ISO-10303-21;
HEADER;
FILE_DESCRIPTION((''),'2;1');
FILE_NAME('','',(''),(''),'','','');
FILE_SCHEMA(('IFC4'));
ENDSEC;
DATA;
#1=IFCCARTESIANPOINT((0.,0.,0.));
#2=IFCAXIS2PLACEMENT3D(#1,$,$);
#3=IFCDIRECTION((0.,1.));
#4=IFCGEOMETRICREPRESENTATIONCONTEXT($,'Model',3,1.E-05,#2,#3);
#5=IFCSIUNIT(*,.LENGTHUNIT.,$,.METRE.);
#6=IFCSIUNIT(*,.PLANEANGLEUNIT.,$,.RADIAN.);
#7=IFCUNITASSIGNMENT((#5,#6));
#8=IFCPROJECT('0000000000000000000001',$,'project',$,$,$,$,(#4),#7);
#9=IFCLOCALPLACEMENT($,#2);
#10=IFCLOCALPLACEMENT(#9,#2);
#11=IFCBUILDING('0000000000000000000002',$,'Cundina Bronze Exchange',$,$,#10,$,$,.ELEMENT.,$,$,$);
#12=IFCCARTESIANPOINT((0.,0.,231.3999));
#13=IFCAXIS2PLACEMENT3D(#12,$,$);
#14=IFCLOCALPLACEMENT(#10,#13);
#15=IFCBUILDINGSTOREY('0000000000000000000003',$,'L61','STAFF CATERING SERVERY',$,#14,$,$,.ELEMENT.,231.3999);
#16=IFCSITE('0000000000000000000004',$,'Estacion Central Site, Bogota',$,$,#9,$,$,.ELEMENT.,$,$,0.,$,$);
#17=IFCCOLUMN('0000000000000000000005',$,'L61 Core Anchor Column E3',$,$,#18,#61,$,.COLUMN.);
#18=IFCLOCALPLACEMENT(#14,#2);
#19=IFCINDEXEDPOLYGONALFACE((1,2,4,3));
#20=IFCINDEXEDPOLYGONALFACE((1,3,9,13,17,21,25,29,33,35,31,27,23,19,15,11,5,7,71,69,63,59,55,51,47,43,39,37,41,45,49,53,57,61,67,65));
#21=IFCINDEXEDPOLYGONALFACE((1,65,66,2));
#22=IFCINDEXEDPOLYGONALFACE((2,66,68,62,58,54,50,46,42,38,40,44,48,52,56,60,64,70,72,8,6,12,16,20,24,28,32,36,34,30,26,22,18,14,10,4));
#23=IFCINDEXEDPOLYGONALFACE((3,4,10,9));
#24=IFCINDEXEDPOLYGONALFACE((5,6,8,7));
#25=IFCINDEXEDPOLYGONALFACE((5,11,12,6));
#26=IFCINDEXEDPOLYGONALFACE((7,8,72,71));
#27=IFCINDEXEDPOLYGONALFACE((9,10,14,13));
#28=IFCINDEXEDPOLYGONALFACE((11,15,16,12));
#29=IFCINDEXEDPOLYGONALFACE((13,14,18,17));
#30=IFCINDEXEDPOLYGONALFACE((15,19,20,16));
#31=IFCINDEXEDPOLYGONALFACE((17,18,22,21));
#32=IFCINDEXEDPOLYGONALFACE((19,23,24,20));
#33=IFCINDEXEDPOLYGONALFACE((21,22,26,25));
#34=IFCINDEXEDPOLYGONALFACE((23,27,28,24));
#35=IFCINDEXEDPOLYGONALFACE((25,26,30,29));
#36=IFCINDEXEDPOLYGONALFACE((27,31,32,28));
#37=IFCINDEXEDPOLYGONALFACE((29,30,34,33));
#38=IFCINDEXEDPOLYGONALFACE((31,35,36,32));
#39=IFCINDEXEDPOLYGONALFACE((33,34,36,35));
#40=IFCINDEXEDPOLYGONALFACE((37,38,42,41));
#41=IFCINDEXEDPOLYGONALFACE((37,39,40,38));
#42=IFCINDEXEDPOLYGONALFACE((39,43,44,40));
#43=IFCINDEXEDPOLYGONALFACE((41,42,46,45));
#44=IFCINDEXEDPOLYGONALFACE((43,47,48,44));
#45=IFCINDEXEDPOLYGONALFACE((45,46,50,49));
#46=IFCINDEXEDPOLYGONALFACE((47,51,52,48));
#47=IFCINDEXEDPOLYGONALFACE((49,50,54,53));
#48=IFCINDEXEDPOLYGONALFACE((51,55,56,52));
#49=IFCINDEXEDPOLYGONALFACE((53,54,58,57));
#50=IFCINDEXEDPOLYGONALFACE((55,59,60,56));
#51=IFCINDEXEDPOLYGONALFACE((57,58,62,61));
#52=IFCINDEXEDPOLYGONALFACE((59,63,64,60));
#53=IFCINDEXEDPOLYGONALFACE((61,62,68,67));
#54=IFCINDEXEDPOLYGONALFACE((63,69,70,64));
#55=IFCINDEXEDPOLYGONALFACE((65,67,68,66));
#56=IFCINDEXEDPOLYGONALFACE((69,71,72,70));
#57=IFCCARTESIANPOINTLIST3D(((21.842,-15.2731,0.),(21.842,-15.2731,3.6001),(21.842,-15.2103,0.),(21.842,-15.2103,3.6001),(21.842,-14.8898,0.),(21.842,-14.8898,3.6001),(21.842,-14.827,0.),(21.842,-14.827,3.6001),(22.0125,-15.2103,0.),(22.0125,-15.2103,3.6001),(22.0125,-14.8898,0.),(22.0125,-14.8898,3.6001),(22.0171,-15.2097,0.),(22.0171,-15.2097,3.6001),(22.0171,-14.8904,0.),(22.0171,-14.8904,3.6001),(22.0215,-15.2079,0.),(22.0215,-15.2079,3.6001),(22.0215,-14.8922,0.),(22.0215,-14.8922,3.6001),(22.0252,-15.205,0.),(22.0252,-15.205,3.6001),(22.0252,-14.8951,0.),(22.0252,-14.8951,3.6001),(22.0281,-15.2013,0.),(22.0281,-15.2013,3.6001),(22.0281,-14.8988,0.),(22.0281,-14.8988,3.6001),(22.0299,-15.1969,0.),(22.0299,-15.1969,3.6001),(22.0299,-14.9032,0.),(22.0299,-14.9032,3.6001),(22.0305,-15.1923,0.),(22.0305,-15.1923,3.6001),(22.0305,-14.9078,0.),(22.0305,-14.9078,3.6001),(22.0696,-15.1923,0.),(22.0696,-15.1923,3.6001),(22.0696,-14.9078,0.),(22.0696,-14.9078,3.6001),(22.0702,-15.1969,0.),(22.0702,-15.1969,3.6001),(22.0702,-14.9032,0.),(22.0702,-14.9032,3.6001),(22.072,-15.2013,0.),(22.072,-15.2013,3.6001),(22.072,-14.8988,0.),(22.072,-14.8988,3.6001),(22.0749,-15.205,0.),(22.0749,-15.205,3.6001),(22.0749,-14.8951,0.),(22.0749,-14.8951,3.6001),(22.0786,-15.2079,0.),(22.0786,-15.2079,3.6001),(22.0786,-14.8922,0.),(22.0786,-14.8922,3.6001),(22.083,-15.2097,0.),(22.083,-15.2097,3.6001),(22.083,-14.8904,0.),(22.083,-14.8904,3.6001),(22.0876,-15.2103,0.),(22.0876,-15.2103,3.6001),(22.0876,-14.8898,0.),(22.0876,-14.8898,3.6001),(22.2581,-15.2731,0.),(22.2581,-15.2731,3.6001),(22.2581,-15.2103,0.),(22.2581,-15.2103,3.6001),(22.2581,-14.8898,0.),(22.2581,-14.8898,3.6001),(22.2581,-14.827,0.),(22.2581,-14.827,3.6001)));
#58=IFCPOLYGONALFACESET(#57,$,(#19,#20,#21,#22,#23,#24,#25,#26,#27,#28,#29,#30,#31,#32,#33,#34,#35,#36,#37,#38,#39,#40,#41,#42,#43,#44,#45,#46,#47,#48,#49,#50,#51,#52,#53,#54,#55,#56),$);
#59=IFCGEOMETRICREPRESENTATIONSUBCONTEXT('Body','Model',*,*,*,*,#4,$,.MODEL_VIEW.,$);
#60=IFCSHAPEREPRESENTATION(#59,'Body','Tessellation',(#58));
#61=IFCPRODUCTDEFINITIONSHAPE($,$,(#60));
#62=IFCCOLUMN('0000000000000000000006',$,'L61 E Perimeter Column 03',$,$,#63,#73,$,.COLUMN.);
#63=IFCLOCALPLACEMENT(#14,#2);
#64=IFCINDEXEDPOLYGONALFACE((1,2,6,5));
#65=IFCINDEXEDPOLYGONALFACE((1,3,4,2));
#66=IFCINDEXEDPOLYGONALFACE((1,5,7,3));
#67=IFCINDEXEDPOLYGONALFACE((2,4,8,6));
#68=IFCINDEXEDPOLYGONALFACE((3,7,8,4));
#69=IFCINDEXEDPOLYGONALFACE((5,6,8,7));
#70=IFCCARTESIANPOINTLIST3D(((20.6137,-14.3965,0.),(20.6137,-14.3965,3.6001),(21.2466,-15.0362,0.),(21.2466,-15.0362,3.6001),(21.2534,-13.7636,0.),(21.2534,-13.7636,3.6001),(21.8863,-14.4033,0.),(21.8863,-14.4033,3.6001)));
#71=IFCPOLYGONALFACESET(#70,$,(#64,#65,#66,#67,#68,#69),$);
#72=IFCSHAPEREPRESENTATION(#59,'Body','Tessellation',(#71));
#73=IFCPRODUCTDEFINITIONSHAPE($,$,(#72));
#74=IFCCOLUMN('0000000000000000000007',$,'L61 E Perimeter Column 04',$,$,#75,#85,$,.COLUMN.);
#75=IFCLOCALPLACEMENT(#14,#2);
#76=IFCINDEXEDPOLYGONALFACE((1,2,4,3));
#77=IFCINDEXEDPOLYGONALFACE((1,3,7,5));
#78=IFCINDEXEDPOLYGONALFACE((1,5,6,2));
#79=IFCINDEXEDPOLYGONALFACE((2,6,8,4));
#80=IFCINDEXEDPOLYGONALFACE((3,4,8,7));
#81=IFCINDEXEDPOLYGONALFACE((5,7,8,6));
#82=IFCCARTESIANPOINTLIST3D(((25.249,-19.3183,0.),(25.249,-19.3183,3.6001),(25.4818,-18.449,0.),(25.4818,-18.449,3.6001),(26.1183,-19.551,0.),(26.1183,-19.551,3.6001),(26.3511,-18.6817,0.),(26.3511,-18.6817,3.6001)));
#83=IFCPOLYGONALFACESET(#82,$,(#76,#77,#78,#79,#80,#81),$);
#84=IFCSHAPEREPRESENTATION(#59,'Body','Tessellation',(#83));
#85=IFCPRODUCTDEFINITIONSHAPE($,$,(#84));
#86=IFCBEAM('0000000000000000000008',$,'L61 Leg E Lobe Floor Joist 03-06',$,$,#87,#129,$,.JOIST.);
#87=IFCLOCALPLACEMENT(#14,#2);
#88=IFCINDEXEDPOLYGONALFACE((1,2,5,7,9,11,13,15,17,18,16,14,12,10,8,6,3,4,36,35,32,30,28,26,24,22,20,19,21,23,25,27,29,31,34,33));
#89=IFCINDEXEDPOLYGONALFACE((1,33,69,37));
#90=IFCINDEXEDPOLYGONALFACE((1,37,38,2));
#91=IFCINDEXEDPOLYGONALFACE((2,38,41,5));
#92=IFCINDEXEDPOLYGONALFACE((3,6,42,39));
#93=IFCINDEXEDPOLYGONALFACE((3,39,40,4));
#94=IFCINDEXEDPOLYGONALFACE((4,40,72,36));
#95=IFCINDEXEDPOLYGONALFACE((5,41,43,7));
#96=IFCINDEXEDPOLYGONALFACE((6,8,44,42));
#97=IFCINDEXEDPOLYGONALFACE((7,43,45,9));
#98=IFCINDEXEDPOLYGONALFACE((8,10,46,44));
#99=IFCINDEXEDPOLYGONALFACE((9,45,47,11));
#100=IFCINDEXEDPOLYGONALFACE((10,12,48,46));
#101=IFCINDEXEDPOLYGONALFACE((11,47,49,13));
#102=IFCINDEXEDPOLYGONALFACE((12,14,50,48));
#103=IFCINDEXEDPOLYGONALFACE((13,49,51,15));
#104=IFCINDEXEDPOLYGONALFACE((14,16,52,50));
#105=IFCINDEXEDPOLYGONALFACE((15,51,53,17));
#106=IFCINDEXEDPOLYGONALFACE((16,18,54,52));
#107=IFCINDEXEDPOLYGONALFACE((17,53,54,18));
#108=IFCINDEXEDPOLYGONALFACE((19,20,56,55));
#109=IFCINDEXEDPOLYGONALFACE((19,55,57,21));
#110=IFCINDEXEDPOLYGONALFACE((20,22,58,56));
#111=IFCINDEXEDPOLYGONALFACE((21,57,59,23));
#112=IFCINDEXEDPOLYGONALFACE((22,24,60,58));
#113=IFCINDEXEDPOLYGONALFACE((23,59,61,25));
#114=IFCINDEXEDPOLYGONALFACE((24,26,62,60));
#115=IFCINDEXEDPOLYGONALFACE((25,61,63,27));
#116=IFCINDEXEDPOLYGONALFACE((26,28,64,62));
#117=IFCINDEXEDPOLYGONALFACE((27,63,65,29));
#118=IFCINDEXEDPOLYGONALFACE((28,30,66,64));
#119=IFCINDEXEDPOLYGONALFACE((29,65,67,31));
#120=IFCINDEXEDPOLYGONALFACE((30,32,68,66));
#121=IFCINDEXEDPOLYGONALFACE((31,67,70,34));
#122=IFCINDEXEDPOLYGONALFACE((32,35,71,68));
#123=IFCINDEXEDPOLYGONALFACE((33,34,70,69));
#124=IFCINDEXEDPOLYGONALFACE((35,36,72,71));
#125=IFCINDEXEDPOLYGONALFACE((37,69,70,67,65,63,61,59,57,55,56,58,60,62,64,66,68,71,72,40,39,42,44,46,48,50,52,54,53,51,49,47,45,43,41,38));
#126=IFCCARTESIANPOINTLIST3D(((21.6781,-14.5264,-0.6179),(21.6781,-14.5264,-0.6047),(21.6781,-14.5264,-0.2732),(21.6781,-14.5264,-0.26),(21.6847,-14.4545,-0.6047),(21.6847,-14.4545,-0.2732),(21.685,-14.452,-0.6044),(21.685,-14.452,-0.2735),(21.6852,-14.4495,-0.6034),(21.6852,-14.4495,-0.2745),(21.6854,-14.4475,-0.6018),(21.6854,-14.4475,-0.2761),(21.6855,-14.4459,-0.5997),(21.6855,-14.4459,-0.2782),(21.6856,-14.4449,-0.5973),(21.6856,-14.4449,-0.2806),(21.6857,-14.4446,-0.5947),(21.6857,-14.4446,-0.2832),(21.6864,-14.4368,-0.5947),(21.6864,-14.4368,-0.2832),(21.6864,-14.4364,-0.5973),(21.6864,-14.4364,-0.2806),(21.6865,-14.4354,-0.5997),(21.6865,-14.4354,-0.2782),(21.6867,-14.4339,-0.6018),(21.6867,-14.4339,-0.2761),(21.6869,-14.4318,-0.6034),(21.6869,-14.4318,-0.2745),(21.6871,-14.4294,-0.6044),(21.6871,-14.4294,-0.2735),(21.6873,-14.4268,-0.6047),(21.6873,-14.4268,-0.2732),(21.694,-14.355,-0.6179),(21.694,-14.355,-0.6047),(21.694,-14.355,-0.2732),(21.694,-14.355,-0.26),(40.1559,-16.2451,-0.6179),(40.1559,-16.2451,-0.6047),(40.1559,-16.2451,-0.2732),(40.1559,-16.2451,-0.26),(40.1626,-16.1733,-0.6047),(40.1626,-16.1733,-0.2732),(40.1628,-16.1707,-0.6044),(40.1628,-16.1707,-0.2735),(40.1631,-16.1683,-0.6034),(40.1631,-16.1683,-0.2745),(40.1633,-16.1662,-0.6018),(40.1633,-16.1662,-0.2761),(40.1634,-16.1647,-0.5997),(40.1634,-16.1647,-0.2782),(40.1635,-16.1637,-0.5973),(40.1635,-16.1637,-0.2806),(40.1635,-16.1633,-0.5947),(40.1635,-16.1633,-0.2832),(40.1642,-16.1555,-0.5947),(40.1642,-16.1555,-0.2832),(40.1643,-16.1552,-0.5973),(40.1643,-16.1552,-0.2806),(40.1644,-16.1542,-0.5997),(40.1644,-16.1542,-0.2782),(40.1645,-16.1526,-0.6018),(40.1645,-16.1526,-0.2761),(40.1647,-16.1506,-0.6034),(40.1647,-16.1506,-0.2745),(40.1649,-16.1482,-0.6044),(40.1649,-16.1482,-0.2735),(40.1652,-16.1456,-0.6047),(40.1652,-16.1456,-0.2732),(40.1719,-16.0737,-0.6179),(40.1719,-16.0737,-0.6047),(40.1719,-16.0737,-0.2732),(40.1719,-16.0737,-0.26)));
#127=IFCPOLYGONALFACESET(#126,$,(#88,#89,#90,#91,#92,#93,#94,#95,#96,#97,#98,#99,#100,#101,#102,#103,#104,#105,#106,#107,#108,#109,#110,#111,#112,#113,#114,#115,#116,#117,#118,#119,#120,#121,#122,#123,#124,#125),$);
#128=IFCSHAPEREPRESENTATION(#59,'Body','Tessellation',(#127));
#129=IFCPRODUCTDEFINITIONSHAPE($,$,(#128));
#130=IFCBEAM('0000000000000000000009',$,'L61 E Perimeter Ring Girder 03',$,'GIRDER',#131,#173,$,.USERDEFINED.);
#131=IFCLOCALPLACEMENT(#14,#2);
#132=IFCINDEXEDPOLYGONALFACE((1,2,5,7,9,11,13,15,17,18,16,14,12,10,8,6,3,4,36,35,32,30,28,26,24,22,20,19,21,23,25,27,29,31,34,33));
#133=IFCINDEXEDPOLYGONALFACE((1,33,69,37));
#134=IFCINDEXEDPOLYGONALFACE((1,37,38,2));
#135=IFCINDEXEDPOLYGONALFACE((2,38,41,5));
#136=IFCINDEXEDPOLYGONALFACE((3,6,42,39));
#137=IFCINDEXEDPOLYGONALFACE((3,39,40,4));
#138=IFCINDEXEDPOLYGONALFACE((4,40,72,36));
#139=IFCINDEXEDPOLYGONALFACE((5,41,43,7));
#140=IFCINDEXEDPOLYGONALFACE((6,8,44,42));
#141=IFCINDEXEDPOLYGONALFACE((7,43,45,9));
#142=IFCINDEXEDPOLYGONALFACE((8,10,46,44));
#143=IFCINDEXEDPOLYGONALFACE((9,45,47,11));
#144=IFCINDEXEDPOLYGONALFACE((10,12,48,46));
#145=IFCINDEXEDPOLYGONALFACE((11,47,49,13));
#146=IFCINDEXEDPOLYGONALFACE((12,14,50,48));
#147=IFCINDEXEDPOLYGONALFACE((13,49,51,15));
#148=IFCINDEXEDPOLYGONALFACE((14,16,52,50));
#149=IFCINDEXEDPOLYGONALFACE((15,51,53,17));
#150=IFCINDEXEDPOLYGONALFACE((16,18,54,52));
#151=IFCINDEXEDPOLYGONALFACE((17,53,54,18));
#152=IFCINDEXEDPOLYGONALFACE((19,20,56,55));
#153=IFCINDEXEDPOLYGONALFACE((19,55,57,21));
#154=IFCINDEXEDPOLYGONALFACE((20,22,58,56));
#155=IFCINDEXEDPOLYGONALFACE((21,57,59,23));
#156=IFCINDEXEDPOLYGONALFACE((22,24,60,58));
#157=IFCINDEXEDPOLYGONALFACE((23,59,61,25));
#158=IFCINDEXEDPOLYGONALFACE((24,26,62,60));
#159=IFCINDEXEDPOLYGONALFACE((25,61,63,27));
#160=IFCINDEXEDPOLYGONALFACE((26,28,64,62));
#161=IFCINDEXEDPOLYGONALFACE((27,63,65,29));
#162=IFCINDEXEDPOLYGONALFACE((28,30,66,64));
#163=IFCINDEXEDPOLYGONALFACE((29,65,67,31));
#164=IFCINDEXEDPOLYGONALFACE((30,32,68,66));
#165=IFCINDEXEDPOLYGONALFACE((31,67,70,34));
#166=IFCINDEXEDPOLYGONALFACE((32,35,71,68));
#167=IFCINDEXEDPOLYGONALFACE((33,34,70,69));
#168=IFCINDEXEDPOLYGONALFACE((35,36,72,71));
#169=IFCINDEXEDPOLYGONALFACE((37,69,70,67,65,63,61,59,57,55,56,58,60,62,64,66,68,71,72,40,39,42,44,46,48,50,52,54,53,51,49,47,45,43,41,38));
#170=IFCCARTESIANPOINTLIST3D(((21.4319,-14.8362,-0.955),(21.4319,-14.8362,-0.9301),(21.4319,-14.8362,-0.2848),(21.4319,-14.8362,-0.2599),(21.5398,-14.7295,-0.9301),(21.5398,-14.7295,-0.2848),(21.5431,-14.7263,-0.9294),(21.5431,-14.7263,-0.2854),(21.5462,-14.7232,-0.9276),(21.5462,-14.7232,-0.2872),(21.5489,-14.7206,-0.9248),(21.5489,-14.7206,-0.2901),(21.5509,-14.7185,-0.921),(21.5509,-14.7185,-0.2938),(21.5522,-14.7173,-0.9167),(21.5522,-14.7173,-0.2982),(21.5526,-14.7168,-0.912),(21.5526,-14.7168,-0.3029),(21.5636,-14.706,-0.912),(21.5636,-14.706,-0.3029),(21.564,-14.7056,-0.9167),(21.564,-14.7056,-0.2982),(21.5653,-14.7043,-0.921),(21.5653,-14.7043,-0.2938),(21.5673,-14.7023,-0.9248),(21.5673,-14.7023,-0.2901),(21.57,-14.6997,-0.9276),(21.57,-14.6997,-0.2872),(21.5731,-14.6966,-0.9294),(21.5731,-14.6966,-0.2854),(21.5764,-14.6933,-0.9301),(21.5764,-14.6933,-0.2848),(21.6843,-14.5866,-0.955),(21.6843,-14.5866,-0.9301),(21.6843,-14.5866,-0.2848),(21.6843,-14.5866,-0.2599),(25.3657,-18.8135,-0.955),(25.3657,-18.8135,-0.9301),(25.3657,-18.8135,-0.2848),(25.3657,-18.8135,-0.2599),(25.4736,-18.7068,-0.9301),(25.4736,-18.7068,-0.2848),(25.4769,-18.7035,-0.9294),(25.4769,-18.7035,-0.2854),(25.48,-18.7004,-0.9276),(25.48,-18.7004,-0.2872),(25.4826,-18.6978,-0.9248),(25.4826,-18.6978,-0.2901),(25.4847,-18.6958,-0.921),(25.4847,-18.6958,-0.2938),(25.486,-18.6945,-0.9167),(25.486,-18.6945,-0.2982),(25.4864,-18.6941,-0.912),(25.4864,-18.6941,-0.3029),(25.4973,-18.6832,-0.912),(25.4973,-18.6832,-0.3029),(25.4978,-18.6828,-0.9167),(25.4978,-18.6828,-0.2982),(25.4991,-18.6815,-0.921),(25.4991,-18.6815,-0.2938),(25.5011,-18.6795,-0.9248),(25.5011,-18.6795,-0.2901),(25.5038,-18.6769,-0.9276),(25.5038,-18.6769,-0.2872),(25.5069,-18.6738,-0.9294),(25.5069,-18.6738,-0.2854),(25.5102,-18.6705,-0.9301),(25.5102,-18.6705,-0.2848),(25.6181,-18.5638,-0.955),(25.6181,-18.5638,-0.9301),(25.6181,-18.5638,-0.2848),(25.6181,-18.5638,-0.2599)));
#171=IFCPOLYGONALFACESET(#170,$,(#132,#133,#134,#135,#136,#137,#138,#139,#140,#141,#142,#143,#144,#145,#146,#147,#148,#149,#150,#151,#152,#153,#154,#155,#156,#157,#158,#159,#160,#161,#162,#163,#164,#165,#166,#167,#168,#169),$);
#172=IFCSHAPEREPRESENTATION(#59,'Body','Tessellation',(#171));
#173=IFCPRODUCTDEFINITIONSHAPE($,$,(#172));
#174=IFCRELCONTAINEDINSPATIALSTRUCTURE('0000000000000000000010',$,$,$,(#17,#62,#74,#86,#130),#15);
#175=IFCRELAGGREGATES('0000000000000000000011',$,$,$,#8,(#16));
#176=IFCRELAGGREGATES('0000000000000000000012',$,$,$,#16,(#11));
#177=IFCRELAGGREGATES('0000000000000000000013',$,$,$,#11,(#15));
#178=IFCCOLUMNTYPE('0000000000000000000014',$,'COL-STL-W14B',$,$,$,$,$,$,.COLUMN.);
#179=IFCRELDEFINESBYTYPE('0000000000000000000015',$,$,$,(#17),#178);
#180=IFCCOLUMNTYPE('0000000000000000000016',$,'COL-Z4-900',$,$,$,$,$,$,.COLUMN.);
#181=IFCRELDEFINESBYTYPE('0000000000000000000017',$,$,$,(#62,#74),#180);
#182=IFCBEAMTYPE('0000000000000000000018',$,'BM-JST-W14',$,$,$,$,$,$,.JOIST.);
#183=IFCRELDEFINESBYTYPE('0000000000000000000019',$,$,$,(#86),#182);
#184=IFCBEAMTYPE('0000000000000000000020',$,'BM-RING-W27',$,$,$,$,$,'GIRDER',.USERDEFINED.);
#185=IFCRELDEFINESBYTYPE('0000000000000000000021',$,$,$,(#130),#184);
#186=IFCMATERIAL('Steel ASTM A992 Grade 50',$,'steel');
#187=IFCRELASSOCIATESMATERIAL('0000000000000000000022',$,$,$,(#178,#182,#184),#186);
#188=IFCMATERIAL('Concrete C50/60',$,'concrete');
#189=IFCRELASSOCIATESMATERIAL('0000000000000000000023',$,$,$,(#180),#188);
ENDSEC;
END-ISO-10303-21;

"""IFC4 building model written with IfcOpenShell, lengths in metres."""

from ifc_helpers import new_model, si_unit, direction, frame, origin, origin_2d, place, context, subcontext, project, spatial, rectangle, i_section, extrude, material, material_profile, profile_set, type_object, element, save


model = new_model("IFC4")

# Units and contexts
model_context = context("Model", 3, precision=1e-05, world=origin(), true_north=direction((0.0, 1.0)))
body_context = subcontext(model_context, "Body", "Model", "MODEL_VIEW")
ifc_project = project(units=[si_unit("LENGTHUNIT", "METRE"), si_unit("PLANEANGLEUNIT", "RADIAN")], contexts=[model_context])

# Site, building, storey
site_placement = place(None, origin())
site = spatial("IfcSite", under=ifc_project, at=site_placement, Name="Estacion Central Site, Bogota", CompositionType="ELEMENT", RefElevation=0.0)
building_placement = place(site_placement, origin())
building = spatial("IfcBuilding", under=site, at=building_placement, Name="Cundina Bronze Exchange", CompositionType="ELEMENT")
storey_placement = place(building_placement, frame((0.0, 0.0, 231.3999)))
storey = spatial("IfcBuildingStorey", under=building, at=storey_placement, Name="L61", Description="STAFF CATERING SERVERY", CompositionType="ELEMENT", Elevation=231.3999)

# Columns
ifc_material_1 = material(Name="Steel ASTM A992 Grade 50", Category="steel")
ifc_material_profile_1 = material_profile(ifc_material_1, i_section(OverallWidth=0.416, OverallDepth=0.446, WebThickness=0.0391, FlangeThickness=0.0627, FilletRadius=0.0181, at=origin_2d()), Name="W14X342", Category="steel")
ifc_profile_set_1 = profile_set([ifc_material_profile_1], Name="Steel ASTM A992 Grade 50")
column_type_1 = type_object("IfcColumnType", Name="COL-STL-W14B", PredefinedType="COLUMN", material=ifc_profile_set_1)
column_placement = place(storey_placement, frame((22.05, -15.05, 0.0), z_axis=(0.0, 0.0, 1.0), x_axis=(1.0, 0.0, 0.0)))
element("IfcColumn", 1, at=column_placement, inside=storey, type_object=column_type_1, Name="L61 Core Anchor Column E3", PredefinedType="COLUMN", context=body_context, shape_type="SweptSolid", body=[
    extrude(i_section(OverallWidth=0.416, OverallDepth=0.446, WebThickness=0.0391, FlangeThickness=0.0627, FilletRadius=0.0181, at=origin_2d()), origin(), (0.0, 0.0, 1.0), 3.6001),
])
ifc_material_2 = material(Name="Concrete C50/60", Category="concrete")
ifc_material_profile_2 = material_profile(ifc_material_2, rectangle(XDim=0.8999, YDim=0.8999, at=origin_2d()), Name="RC900X900", Category="concrete")
ifc_profile_set_2 = profile_set([ifc_material_profile_2], Name="Concrete C50/60")
column_type_2 = type_object("IfcColumnType", Name="COL-Z4-900", PredefinedType="COLUMN", material=ifc_profile_set_2)
for number, where, z_axis, x_axis, name in (
    (2, (21.25, -14.3999, 0.0), (0.0, 0.0, 1.0), (0.703271, -0.710922, 0.0), "L61 E Perimeter Column 03"),
    (3, (25.8, -19.0, 0.0), (0.0, 0.0, 1.0), (0.965971, -0.25865, 0.0), "L61 E Perimeter Column 04"),
):
    element("IfcColumn", number, at=place(storey_placement, frame(where, z_axis=z_axis, x_axis=x_axis)), inside=storey, type_object=column_type_2, Name=name, PredefinedType="COLUMN", context=body_context, shape_type="SweptSolid", body=[
        extrude(rectangle(XDim=0.8999, YDim=0.8999, at=origin_2d()), origin(), (0.0, 0.0, 1.0), 3.6001),
    ])

# Beams
ifc_material_profile_3 = material_profile(ifc_material_1, i_section(OverallWidth=0.1721, OverallDepth=0.3579, WebThickness=0.0078, FlangeThickness=0.0132, FilletRadius=0.01, at=origin_2d()), Name="W14X38", Category="steel")
ifc_profile_set_3 = profile_set([ifc_material_profile_3], Name="Steel ASTM A992 Grade 50")
beam_type_1 = type_object("IfcBeamType", Name="BM-JST-W14", PredefinedType="JOIST", material=ifc_profile_set_3)
beam_1_placement = place(storey_placement, frame((21.686, -14.4407, -0.439), z_axis=(0.995702, -0.092617, 0.0), x_axis=(0.092617, 0.995702, 0.0)))
element("IfcBeam", 4, at=beam_1_placement, inside=storey, type_object=beam_type_1, Name="L61 Leg E Lobe Floor Joist 03-06", PredefinedType="JOIST", context=body_context, shape_type="SweptSolid", body=[
    extrude(i_section(OverallWidth=0.1721, OverallDepth=0.3579, WebThickness=0.0078, FlangeThickness=0.0132, FilletRadius=0.01, at=origin_2d()), origin(), (0.0, 0.0, 1.0), 18.5576),
])
ifc_material_profile_4 = material_profile(ifc_material_1, i_section(OverallWidth=0.355, OverallDepth=0.6951, WebThickness=0.0154, FlangeThickness=0.0249, FilletRadius=0.0181, at=origin_2d()), Name="W27X146", Category="steel")
ifc_profile_set_4 = profile_set([ifc_material_profile_4], Name="Steel ASTM A992 Grade 50")
beam_type_2 = type_object("IfcBeamType", Name="BM-RING-W27", ElementType="GIRDER", PredefinedType="USERDEFINED", material=ifc_profile_set_4)
beam_2_placement = place(storey_placement, frame((21.5581, -14.7114, -0.6074), z_axis=(0.703212, -0.71098, 0.0), x_axis=(0.71098, 0.703212, 0.0)))
element("IfcBeam", 5, at=beam_2_placement, inside=storey, type_object=beam_type_2, Name="L61 E Perimeter Ring Girder 03", ObjectType="GIRDER", PredefinedType="USERDEFINED", context=body_context, shape_type="SweptSolid", body=[
    extrude(i_section(OverallWidth=0.355, OverallDepth=0.6951, WebThickness=0.0154, FlangeThickness=0.0249, FilletRadius=0.0181, at=origin_2d()), origin(), (0.0, 0.0, 1.0), 5.594),
])

save(model, "model.ifc")
